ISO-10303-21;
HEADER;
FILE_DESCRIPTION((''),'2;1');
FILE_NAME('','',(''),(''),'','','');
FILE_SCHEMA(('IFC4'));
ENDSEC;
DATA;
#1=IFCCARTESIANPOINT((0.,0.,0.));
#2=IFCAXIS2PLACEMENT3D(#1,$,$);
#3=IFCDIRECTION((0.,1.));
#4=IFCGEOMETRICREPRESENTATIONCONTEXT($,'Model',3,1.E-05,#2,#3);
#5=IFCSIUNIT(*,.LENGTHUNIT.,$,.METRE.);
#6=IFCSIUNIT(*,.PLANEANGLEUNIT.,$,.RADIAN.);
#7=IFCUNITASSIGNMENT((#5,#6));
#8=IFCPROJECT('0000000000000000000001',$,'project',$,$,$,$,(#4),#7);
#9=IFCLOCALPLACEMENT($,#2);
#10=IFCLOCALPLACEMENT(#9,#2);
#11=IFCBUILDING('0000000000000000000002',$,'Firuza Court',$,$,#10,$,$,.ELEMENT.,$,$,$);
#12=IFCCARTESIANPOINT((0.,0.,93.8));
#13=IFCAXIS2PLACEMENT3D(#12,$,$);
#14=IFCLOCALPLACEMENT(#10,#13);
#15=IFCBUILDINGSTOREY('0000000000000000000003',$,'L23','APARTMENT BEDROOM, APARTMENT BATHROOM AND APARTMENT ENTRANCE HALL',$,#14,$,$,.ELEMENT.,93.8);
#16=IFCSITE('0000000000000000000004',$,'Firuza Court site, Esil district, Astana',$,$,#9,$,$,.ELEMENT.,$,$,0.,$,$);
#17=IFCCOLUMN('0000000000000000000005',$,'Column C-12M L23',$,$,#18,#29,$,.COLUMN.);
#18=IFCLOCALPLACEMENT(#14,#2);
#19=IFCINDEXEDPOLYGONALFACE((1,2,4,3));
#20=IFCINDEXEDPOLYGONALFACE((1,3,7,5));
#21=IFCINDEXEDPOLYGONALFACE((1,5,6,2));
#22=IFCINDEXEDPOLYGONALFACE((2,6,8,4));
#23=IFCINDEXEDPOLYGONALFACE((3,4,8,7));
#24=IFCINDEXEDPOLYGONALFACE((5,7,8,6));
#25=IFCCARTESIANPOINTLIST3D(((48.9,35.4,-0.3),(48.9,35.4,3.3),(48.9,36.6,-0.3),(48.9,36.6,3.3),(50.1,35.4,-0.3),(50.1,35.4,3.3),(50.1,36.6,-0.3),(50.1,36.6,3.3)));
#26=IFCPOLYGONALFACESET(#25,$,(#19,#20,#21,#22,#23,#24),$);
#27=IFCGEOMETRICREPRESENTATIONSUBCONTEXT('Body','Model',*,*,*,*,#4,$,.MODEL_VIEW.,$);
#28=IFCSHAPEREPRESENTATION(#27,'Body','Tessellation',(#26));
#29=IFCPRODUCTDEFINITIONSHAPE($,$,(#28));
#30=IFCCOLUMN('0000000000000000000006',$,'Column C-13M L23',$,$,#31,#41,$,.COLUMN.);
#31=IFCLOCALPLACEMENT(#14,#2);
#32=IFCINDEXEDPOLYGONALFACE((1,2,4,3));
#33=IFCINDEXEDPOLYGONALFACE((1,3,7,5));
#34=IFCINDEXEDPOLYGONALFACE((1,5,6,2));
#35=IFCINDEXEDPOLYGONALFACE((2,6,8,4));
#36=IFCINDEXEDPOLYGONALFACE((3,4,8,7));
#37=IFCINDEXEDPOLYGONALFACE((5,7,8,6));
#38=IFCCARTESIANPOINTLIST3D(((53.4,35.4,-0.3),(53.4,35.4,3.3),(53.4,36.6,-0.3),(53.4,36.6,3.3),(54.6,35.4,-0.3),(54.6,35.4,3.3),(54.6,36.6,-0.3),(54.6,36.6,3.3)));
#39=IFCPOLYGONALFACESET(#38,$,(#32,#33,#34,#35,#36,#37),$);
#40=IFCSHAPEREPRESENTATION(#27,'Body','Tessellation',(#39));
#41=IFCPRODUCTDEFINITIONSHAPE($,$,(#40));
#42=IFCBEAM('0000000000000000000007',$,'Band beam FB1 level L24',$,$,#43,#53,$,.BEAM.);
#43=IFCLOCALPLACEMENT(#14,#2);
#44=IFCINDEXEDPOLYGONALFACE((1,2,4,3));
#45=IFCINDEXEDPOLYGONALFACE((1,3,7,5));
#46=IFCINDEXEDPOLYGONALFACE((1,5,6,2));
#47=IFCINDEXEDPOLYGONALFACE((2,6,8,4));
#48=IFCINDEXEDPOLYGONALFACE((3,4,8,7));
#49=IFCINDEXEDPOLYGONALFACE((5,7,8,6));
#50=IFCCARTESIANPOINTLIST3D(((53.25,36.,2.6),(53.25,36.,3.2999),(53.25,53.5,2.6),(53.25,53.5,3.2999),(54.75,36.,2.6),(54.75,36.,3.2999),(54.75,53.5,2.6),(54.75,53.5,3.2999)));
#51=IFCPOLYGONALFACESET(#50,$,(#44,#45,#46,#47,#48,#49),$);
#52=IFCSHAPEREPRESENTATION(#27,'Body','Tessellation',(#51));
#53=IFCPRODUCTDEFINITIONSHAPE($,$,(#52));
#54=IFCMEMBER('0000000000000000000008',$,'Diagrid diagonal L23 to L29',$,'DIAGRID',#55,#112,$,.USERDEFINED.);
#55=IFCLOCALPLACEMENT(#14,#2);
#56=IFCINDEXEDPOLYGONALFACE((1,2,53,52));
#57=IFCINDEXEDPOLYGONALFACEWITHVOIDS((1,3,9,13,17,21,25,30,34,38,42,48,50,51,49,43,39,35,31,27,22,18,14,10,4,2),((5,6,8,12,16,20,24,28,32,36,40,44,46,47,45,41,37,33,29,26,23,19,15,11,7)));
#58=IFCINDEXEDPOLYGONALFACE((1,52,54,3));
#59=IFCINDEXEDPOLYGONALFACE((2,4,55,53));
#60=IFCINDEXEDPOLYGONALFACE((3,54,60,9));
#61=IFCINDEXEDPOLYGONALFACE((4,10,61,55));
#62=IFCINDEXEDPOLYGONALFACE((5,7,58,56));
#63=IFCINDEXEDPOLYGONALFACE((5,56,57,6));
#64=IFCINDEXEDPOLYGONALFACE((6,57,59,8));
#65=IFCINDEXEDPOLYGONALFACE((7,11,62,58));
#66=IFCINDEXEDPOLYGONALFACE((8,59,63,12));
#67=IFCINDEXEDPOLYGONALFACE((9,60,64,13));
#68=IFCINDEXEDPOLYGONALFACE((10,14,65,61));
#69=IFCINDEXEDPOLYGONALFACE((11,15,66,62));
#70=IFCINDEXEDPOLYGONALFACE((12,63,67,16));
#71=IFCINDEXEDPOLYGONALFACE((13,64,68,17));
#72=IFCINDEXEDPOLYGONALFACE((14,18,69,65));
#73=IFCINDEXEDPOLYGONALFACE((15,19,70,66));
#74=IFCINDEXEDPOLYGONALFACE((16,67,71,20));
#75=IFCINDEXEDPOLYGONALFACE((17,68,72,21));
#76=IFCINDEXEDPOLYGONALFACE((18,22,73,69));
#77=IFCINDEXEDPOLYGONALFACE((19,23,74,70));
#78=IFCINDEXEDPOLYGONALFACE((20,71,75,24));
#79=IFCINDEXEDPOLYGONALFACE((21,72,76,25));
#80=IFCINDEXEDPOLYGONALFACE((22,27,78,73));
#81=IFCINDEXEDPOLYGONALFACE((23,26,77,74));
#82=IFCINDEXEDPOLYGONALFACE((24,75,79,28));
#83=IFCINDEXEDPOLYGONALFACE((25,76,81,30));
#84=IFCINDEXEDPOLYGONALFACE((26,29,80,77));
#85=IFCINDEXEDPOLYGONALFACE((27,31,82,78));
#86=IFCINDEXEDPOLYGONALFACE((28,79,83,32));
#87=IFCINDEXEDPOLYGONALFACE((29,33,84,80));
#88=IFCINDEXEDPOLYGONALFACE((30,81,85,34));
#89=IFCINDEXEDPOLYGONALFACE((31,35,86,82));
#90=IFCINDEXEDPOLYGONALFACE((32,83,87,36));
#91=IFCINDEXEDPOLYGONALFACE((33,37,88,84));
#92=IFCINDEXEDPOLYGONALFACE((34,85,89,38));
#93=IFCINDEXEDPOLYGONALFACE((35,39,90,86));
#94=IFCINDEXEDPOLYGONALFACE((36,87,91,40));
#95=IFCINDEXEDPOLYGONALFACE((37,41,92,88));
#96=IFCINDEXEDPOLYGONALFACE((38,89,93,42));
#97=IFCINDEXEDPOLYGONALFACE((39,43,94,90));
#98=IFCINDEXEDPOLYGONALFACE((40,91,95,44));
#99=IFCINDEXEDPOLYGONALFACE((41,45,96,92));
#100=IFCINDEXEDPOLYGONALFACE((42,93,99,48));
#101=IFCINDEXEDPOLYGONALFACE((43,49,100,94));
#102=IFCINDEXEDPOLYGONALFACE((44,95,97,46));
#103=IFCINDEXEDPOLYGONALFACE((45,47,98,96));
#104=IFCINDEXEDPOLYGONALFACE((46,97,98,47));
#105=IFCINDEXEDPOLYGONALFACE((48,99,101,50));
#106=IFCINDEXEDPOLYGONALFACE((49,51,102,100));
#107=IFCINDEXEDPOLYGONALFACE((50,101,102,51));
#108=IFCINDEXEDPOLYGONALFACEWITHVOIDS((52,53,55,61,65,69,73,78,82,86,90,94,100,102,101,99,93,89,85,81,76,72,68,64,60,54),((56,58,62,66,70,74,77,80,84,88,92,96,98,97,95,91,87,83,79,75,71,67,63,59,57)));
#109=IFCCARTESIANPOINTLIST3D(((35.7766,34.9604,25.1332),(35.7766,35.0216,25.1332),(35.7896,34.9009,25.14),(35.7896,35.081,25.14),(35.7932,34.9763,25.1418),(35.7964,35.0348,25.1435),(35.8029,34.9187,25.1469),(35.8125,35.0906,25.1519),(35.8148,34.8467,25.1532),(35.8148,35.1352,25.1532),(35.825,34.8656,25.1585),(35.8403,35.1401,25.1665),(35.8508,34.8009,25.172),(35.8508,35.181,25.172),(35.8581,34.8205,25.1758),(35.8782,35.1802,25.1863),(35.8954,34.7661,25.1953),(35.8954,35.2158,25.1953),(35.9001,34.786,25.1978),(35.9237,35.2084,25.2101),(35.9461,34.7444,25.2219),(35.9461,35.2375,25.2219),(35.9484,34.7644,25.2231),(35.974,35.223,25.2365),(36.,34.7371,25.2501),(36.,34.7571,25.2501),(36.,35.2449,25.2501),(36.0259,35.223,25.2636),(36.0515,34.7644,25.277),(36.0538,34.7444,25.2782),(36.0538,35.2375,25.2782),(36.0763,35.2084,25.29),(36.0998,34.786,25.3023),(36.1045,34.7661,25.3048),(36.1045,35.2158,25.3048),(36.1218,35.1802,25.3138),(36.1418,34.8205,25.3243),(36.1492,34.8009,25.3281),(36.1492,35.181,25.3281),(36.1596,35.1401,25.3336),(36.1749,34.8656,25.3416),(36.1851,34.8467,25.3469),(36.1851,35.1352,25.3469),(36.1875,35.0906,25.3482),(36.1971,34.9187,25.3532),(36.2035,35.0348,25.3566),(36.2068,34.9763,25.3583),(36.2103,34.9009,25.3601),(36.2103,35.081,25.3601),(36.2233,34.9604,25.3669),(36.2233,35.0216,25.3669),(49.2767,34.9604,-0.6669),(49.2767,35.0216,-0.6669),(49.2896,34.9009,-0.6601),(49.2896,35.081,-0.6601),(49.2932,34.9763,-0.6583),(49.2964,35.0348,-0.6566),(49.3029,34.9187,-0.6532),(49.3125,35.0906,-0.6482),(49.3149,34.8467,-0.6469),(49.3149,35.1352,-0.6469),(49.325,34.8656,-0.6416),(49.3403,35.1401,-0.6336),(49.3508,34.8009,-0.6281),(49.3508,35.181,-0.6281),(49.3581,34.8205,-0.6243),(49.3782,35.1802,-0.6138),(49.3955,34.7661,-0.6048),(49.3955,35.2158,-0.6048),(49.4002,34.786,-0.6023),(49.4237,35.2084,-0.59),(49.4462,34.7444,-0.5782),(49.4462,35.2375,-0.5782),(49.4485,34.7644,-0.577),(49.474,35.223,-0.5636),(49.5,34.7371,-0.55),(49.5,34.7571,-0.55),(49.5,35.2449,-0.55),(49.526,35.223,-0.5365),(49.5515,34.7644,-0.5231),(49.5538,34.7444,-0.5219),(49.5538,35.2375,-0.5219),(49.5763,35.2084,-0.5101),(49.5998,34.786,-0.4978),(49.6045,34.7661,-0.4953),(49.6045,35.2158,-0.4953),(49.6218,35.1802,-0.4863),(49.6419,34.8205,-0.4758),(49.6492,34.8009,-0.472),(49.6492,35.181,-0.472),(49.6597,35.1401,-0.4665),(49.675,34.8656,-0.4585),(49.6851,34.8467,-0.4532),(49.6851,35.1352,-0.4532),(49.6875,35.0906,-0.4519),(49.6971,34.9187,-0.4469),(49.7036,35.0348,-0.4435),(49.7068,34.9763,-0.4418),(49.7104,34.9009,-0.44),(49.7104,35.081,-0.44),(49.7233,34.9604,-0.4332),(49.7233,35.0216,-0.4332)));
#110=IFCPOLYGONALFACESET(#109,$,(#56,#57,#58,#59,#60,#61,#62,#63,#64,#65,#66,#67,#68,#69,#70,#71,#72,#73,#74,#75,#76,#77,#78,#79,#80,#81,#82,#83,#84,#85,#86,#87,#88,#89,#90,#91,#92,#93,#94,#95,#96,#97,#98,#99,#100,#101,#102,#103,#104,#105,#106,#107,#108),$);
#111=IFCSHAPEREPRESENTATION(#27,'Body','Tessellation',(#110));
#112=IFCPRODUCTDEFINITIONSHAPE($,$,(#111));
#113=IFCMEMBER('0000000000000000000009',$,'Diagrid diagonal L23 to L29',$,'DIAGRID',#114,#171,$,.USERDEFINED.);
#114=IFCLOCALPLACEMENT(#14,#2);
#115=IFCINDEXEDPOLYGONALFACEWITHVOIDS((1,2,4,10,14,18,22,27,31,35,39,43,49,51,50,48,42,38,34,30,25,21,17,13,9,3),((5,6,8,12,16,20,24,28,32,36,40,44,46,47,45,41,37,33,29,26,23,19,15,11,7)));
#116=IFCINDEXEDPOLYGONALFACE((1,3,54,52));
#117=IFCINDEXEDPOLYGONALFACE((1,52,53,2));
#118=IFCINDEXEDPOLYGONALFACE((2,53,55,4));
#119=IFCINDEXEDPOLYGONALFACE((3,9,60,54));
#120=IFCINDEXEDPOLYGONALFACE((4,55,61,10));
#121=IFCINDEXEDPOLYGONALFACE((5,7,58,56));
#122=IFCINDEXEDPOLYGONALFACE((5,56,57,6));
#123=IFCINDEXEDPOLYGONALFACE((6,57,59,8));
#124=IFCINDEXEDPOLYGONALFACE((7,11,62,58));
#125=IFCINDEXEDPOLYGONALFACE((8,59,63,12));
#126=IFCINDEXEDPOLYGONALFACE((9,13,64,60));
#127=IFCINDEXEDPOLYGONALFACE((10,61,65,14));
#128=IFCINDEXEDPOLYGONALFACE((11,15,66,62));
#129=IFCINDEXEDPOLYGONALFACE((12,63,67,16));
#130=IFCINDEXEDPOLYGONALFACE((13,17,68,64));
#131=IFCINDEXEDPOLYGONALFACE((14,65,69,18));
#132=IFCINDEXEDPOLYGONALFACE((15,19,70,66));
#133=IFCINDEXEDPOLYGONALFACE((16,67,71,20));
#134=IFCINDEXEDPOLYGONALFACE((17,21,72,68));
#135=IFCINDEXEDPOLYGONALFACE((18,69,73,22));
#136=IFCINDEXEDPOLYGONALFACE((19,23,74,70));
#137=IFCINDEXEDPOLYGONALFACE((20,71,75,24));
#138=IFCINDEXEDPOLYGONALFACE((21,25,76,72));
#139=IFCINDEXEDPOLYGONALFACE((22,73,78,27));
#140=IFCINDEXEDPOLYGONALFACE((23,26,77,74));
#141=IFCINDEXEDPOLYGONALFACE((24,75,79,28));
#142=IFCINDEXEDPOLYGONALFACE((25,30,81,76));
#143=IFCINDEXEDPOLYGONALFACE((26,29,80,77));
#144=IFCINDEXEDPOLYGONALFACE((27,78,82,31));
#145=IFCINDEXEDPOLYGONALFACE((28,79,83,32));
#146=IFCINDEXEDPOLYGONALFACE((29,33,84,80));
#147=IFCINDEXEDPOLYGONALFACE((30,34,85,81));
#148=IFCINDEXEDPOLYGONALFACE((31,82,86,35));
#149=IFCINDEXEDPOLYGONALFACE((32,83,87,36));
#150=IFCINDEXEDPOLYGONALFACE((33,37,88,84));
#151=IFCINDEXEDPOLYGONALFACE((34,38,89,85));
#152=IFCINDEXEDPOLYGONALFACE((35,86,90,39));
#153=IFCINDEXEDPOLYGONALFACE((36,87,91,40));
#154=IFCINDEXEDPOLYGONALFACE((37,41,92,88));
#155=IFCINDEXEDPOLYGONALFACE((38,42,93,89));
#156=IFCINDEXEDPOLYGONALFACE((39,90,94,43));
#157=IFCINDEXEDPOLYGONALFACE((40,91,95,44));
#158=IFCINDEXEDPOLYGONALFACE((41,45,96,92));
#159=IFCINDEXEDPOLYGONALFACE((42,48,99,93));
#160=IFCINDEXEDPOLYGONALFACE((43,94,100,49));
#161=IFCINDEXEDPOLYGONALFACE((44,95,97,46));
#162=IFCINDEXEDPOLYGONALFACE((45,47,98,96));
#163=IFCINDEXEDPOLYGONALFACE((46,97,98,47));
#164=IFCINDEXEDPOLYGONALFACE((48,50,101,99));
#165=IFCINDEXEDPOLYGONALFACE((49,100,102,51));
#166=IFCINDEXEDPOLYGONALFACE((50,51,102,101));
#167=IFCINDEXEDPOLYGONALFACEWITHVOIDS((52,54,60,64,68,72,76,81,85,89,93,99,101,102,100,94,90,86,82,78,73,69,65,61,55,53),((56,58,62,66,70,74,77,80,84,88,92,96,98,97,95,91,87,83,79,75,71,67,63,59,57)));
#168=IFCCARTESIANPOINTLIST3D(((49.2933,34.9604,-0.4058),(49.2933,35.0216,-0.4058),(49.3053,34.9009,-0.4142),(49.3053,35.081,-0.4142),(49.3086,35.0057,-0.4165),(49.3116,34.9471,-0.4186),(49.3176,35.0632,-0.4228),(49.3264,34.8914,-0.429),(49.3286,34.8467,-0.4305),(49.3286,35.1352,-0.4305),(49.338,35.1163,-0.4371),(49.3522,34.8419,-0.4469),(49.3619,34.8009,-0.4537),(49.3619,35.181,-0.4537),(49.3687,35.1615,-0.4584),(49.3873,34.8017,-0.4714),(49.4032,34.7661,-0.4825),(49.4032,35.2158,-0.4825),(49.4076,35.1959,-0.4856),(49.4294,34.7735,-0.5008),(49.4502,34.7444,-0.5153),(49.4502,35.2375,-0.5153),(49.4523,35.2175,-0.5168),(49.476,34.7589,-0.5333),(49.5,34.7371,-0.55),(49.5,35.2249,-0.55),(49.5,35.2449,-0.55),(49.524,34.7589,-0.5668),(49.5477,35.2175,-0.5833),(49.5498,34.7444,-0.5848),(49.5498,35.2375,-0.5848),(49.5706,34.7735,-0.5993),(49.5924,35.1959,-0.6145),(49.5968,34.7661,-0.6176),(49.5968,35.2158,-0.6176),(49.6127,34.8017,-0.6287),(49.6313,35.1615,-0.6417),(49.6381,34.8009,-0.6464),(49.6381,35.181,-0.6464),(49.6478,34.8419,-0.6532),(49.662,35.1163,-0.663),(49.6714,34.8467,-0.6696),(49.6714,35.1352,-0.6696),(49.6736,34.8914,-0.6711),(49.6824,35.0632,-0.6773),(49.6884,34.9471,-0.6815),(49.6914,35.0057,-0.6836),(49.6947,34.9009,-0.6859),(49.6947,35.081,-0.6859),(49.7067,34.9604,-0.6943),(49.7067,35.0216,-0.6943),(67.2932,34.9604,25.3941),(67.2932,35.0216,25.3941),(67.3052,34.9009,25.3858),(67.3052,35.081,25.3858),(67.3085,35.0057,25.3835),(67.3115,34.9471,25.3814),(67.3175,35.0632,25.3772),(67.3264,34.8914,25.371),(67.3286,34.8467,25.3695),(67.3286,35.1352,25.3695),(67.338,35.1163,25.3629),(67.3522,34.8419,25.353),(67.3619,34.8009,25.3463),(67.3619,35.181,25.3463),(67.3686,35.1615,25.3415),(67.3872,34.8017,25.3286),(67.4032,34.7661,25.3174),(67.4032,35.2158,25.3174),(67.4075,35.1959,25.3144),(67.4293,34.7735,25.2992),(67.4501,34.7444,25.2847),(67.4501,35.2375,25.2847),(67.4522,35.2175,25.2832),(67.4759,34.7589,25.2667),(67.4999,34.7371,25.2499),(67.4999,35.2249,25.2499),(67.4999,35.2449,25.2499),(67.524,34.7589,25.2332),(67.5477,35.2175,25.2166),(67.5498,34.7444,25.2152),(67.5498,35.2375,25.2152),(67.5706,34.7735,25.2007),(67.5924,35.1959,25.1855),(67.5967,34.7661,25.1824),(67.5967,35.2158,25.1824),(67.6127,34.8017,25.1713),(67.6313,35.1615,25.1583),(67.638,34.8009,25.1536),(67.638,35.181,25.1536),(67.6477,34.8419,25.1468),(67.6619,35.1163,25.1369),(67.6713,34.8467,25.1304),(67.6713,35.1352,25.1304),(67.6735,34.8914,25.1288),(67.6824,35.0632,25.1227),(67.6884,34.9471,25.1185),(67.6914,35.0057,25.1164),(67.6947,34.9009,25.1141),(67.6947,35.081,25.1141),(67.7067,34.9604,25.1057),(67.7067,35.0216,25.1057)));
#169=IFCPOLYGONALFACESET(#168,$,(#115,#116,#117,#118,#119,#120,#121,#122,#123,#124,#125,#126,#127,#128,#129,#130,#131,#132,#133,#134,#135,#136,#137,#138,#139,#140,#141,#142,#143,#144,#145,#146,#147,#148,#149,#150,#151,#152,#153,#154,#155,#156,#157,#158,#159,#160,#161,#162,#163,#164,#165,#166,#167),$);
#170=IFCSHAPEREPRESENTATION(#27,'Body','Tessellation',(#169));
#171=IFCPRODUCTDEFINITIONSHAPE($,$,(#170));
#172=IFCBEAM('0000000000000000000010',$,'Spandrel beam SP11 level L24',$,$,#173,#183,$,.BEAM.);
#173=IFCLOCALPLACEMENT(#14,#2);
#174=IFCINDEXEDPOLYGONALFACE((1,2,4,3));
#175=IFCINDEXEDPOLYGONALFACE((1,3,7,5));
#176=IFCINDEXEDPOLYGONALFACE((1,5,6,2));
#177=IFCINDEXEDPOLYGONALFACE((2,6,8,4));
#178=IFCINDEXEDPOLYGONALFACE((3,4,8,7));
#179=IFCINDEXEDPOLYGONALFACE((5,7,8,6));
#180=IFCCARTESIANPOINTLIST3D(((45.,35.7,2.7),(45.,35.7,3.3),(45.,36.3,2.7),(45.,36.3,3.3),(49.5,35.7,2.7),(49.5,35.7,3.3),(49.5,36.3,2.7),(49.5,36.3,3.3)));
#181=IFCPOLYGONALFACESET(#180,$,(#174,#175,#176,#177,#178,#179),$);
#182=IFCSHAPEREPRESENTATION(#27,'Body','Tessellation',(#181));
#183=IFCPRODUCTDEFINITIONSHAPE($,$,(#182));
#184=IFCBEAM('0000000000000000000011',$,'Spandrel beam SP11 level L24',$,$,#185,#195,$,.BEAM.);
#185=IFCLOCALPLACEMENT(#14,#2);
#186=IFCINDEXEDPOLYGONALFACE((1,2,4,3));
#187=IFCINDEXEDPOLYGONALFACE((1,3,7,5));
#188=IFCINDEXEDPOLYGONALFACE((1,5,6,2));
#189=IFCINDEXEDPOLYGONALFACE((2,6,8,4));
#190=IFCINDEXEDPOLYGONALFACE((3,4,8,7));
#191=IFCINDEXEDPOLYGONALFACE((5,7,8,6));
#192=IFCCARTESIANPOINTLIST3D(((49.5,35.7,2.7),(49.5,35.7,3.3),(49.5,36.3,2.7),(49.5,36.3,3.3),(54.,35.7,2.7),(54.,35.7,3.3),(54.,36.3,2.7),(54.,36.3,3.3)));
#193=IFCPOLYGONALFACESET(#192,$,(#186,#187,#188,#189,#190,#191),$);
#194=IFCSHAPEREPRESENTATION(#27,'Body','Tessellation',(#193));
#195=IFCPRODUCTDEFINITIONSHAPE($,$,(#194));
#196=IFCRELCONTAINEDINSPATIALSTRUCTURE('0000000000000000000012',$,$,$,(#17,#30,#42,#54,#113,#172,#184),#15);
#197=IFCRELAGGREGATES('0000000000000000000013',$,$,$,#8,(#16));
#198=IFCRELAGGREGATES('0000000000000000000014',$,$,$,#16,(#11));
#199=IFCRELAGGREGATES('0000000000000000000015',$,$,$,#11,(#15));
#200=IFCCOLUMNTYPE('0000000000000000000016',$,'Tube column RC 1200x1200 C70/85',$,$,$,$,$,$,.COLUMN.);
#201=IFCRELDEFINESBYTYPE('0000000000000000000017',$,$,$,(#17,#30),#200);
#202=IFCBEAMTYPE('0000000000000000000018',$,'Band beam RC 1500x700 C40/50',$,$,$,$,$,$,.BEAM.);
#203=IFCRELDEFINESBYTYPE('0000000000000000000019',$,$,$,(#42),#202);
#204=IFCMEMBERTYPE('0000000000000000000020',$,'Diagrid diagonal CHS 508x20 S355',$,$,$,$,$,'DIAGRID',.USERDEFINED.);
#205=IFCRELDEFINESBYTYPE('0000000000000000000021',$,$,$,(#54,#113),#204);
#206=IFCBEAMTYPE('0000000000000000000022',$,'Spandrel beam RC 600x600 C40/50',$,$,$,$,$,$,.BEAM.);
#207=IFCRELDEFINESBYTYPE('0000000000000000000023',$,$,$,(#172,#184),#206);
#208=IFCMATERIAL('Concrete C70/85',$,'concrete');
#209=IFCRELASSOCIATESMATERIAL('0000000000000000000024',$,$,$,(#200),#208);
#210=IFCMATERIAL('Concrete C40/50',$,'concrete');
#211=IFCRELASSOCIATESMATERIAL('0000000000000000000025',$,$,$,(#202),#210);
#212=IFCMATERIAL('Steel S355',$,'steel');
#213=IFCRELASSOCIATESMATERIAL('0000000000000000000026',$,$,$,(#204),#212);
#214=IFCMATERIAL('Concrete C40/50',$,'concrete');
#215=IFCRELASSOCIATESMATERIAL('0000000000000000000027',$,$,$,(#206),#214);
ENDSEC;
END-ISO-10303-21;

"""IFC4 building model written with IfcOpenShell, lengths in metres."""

from ifc_helpers import new_model, si_unit, direction, frame, origin, origin_2d, place, context, subcontext, project, spatial, rectangle, hollow_circle, extrude, material, material_profile, profile_set, type_object, element, save


model = new_model("IFC4")

# Units and contexts
model_context = context("Model", 3, precision=1e-05, world=origin(), true_north=direction((0.0, 1.0)))
body_context = subcontext(model_context, "Body", "Model", "MODEL_VIEW")
ifc_project = project(units=[si_unit("LENGTHUNIT", "METRE"), si_unit("PLANEANGLEUNIT", "RADIAN")], contexts=[model_context])

# Site, building, storey
site_placement = place(None, origin())
site = spatial("IfcSite", under=ifc_project, at=site_placement, Name="Firuza Court site, Esil district, Astana", CompositionType="ELEMENT", RefElevation=0.0)
building_placement = place(site_placement, origin())
building = spatial("IfcBuilding", under=site, at=building_placement, Name="Firuza Court", CompositionType="ELEMENT")
storey_placement = place(building_placement, frame((0.0, 0.0, 93.8)))
storey = spatial("IfcBuildingStorey", under=building, at=storey_placement, Name="L23", Description="APARTMENT BEDROOM, APARTMENT BATHROOM AND APARTMENT ENTRANCE HALL", CompositionType="ELEMENT", Elevation=93.8)

# Columns
ifc_material_1 = material(Name="Concrete C70/85", Category="concrete")
ifc_material_profile_1 = material_profile(ifc_material_1, rectangle(XDim=1.2, YDim=1.2, at=origin_2d()), Name="RC 1200x1200")
ifc_profile_set_1 = profile_set([ifc_material_profile_1], Name="Concrete C70/85")
column_type = type_object("IfcColumnType", Name="Tube column RC 1200x1200 C70/85", PredefinedType="COLUMN", material=ifc_profile_set_1)
for number, where, z_axis, x_axis, name in (
    (1, (49.5, 36.0, -0.3), (0.0, 0.0, 1.0), (1.0, 0.0, 0.0), "Column C-12M L23"),
    (2, (54.0, 36.0, -0.3), (0.0, 0.0, 1.0), (1.0, 0.0, 0.0), "Column C-13M L23"),
):
    element("IfcColumn", number, at=place(storey_placement, frame(where, z_axis=z_axis, x_axis=x_axis)), inside=storey, type_object=column_type, Name=name, PredefinedType="COLUMN", context=body_context, shape_type="SweptSolid", body=[
        extrude(rectangle(XDim=1.2, YDim=1.2, at=origin_2d()), origin(), (0.0, 0.0, 1.0), 3.6001),
    ])

# Beam
ifc_material_2 = material(Name="Concrete C40/50", Category="concrete")
ifc_material_profile_2 = material_profile(ifc_material_2, rectangle(XDim=1.5, YDim=0.7, at=origin_2d()), Name="RC 1500x700")
ifc_profile_set_2 = profile_set([ifc_material_profile_2], Name="Concrete C40/50")
beam_type_1 = type_object("IfcBeamType", Name="Band beam RC 1500x700 C40/50", PredefinedType="BEAM", material=ifc_profile_set_2)
beam_placement = place(storey_placement, frame((54.0, 36.0, 2.95), z_axis=(0.0, 1.0, 0.0), x_axis=(-1.0, 0.0, 0.0)))
element("IfcBeam", 3, at=beam_placement, inside=storey, type_object=beam_type_1, Name="Band beam FB1 level L24", PredefinedType="BEAM", context=body_context, shape_type="SweptSolid", body=[
    extrude(rectangle(XDim=1.5, YDim=0.7, at=origin_2d()), origin(), (0.0, 0.0, 1.0), 17.5),
])

# Members
ifc_material_3 = material(Name="Steel S355", Category="steel")
ifc_material_profile_3 = material_profile(ifc_material_3, hollow_circle(Radius=0.2539, WallThickness=0.02, at=origin_2d()), Name="CHS 508x20")
ifc_profile_set_3 = profile_set([ifc_material_profile_3], Name="Steel S355")
member_type = type_object("IfcMemberType", Name="Diagrid diagonal CHS 508x20 S355", ElementType="DIAGRID", PredefinedType="USERDEFINED", material=ifc_profile_set_3)
member_1_placement = place(storey_placement, frame((49.5, 34.991, -0.55), z_axis=(-0.463621, 0.0, 0.886033), x_axis=(0.0, -1.0, 0.0)))
element("IfcMember", 4, at=member_1_placement, inside=storey, type_object=member_type, Name="Diagrid diagonal L23 to L29", ObjectType="DIAGRID", PredefinedType="USERDEFINED", context=body_context, shape_type="SweptSolid", body=[
    extrude(hollow_circle(Radius=0.2539, WallThickness=0.02, at=origin_2d()), origin(), (0.0, 0.0, 1.0), 29.1187),
])
member_2_placement = place(storey_placement, frame((49.5, 34.991, -0.55), z_axis=(0.572181, 0.0, 0.820127), x_axis=(0.0, 1.0, 0.0)))
element("IfcMember", 5, at=member_2_placement, inside=storey, type_object=member_type, Name="Diagrid diagonal L23 to L29", ObjectType="DIAGRID", PredefinedType="USERDEFINED", context=body_context, shape_type="SweptSolid", body=[
    extrude(hollow_circle(Radius=0.2539, WallThickness=0.02, at=origin_2d()), origin(), (0.0, 0.0, 1.0), 31.4585),
])

# Beams
ifc_material_4 = material(Name="Concrete C40/50", Category="concrete")
ifc_material_profile_4 = material_profile(ifc_material_4, rectangle(XDim=0.6001, YDim=0.6001, at=origin_2d()), Name="RC 600x600")
ifc_profile_set_4 = profile_set([ifc_material_profile_4], Name="Concrete C40/50")
beam_type_2 = type_object("IfcBeamType", Name="Spandrel beam RC 600x600 C40/50", PredefinedType="BEAM", material=ifc_profile_set_4)
for number, where, z_axis, x_axis, name in (
    (6, (45.0, 36.0, 3.0), (1.0, 0.0, 0.0), (0.0, 1.0, 0.0), "Spandrel beam SP11 level L24"),
    (7, (49.5, 36.0, 3.0), (1.0, 0.0, 0.0), (0.0, 1.0, 0.0), "Spandrel beam SP11 level L24"),
):
    element("IfcBeam", number, at=place(storey_placement, frame(where, z_axis=z_axis, x_axis=x_axis)), inside=storey, type_object=beam_type_2, Name=name, PredefinedType="BEAM", context=body_context, shape_type="SweptSolid", body=[
        extrude(rectangle(XDim=0.6001, YDim=0.6001, at=origin_2d()), origin(), (0.0, 0.0, 1.0), 4.5),
    ])

save(model, "model.ifc")
